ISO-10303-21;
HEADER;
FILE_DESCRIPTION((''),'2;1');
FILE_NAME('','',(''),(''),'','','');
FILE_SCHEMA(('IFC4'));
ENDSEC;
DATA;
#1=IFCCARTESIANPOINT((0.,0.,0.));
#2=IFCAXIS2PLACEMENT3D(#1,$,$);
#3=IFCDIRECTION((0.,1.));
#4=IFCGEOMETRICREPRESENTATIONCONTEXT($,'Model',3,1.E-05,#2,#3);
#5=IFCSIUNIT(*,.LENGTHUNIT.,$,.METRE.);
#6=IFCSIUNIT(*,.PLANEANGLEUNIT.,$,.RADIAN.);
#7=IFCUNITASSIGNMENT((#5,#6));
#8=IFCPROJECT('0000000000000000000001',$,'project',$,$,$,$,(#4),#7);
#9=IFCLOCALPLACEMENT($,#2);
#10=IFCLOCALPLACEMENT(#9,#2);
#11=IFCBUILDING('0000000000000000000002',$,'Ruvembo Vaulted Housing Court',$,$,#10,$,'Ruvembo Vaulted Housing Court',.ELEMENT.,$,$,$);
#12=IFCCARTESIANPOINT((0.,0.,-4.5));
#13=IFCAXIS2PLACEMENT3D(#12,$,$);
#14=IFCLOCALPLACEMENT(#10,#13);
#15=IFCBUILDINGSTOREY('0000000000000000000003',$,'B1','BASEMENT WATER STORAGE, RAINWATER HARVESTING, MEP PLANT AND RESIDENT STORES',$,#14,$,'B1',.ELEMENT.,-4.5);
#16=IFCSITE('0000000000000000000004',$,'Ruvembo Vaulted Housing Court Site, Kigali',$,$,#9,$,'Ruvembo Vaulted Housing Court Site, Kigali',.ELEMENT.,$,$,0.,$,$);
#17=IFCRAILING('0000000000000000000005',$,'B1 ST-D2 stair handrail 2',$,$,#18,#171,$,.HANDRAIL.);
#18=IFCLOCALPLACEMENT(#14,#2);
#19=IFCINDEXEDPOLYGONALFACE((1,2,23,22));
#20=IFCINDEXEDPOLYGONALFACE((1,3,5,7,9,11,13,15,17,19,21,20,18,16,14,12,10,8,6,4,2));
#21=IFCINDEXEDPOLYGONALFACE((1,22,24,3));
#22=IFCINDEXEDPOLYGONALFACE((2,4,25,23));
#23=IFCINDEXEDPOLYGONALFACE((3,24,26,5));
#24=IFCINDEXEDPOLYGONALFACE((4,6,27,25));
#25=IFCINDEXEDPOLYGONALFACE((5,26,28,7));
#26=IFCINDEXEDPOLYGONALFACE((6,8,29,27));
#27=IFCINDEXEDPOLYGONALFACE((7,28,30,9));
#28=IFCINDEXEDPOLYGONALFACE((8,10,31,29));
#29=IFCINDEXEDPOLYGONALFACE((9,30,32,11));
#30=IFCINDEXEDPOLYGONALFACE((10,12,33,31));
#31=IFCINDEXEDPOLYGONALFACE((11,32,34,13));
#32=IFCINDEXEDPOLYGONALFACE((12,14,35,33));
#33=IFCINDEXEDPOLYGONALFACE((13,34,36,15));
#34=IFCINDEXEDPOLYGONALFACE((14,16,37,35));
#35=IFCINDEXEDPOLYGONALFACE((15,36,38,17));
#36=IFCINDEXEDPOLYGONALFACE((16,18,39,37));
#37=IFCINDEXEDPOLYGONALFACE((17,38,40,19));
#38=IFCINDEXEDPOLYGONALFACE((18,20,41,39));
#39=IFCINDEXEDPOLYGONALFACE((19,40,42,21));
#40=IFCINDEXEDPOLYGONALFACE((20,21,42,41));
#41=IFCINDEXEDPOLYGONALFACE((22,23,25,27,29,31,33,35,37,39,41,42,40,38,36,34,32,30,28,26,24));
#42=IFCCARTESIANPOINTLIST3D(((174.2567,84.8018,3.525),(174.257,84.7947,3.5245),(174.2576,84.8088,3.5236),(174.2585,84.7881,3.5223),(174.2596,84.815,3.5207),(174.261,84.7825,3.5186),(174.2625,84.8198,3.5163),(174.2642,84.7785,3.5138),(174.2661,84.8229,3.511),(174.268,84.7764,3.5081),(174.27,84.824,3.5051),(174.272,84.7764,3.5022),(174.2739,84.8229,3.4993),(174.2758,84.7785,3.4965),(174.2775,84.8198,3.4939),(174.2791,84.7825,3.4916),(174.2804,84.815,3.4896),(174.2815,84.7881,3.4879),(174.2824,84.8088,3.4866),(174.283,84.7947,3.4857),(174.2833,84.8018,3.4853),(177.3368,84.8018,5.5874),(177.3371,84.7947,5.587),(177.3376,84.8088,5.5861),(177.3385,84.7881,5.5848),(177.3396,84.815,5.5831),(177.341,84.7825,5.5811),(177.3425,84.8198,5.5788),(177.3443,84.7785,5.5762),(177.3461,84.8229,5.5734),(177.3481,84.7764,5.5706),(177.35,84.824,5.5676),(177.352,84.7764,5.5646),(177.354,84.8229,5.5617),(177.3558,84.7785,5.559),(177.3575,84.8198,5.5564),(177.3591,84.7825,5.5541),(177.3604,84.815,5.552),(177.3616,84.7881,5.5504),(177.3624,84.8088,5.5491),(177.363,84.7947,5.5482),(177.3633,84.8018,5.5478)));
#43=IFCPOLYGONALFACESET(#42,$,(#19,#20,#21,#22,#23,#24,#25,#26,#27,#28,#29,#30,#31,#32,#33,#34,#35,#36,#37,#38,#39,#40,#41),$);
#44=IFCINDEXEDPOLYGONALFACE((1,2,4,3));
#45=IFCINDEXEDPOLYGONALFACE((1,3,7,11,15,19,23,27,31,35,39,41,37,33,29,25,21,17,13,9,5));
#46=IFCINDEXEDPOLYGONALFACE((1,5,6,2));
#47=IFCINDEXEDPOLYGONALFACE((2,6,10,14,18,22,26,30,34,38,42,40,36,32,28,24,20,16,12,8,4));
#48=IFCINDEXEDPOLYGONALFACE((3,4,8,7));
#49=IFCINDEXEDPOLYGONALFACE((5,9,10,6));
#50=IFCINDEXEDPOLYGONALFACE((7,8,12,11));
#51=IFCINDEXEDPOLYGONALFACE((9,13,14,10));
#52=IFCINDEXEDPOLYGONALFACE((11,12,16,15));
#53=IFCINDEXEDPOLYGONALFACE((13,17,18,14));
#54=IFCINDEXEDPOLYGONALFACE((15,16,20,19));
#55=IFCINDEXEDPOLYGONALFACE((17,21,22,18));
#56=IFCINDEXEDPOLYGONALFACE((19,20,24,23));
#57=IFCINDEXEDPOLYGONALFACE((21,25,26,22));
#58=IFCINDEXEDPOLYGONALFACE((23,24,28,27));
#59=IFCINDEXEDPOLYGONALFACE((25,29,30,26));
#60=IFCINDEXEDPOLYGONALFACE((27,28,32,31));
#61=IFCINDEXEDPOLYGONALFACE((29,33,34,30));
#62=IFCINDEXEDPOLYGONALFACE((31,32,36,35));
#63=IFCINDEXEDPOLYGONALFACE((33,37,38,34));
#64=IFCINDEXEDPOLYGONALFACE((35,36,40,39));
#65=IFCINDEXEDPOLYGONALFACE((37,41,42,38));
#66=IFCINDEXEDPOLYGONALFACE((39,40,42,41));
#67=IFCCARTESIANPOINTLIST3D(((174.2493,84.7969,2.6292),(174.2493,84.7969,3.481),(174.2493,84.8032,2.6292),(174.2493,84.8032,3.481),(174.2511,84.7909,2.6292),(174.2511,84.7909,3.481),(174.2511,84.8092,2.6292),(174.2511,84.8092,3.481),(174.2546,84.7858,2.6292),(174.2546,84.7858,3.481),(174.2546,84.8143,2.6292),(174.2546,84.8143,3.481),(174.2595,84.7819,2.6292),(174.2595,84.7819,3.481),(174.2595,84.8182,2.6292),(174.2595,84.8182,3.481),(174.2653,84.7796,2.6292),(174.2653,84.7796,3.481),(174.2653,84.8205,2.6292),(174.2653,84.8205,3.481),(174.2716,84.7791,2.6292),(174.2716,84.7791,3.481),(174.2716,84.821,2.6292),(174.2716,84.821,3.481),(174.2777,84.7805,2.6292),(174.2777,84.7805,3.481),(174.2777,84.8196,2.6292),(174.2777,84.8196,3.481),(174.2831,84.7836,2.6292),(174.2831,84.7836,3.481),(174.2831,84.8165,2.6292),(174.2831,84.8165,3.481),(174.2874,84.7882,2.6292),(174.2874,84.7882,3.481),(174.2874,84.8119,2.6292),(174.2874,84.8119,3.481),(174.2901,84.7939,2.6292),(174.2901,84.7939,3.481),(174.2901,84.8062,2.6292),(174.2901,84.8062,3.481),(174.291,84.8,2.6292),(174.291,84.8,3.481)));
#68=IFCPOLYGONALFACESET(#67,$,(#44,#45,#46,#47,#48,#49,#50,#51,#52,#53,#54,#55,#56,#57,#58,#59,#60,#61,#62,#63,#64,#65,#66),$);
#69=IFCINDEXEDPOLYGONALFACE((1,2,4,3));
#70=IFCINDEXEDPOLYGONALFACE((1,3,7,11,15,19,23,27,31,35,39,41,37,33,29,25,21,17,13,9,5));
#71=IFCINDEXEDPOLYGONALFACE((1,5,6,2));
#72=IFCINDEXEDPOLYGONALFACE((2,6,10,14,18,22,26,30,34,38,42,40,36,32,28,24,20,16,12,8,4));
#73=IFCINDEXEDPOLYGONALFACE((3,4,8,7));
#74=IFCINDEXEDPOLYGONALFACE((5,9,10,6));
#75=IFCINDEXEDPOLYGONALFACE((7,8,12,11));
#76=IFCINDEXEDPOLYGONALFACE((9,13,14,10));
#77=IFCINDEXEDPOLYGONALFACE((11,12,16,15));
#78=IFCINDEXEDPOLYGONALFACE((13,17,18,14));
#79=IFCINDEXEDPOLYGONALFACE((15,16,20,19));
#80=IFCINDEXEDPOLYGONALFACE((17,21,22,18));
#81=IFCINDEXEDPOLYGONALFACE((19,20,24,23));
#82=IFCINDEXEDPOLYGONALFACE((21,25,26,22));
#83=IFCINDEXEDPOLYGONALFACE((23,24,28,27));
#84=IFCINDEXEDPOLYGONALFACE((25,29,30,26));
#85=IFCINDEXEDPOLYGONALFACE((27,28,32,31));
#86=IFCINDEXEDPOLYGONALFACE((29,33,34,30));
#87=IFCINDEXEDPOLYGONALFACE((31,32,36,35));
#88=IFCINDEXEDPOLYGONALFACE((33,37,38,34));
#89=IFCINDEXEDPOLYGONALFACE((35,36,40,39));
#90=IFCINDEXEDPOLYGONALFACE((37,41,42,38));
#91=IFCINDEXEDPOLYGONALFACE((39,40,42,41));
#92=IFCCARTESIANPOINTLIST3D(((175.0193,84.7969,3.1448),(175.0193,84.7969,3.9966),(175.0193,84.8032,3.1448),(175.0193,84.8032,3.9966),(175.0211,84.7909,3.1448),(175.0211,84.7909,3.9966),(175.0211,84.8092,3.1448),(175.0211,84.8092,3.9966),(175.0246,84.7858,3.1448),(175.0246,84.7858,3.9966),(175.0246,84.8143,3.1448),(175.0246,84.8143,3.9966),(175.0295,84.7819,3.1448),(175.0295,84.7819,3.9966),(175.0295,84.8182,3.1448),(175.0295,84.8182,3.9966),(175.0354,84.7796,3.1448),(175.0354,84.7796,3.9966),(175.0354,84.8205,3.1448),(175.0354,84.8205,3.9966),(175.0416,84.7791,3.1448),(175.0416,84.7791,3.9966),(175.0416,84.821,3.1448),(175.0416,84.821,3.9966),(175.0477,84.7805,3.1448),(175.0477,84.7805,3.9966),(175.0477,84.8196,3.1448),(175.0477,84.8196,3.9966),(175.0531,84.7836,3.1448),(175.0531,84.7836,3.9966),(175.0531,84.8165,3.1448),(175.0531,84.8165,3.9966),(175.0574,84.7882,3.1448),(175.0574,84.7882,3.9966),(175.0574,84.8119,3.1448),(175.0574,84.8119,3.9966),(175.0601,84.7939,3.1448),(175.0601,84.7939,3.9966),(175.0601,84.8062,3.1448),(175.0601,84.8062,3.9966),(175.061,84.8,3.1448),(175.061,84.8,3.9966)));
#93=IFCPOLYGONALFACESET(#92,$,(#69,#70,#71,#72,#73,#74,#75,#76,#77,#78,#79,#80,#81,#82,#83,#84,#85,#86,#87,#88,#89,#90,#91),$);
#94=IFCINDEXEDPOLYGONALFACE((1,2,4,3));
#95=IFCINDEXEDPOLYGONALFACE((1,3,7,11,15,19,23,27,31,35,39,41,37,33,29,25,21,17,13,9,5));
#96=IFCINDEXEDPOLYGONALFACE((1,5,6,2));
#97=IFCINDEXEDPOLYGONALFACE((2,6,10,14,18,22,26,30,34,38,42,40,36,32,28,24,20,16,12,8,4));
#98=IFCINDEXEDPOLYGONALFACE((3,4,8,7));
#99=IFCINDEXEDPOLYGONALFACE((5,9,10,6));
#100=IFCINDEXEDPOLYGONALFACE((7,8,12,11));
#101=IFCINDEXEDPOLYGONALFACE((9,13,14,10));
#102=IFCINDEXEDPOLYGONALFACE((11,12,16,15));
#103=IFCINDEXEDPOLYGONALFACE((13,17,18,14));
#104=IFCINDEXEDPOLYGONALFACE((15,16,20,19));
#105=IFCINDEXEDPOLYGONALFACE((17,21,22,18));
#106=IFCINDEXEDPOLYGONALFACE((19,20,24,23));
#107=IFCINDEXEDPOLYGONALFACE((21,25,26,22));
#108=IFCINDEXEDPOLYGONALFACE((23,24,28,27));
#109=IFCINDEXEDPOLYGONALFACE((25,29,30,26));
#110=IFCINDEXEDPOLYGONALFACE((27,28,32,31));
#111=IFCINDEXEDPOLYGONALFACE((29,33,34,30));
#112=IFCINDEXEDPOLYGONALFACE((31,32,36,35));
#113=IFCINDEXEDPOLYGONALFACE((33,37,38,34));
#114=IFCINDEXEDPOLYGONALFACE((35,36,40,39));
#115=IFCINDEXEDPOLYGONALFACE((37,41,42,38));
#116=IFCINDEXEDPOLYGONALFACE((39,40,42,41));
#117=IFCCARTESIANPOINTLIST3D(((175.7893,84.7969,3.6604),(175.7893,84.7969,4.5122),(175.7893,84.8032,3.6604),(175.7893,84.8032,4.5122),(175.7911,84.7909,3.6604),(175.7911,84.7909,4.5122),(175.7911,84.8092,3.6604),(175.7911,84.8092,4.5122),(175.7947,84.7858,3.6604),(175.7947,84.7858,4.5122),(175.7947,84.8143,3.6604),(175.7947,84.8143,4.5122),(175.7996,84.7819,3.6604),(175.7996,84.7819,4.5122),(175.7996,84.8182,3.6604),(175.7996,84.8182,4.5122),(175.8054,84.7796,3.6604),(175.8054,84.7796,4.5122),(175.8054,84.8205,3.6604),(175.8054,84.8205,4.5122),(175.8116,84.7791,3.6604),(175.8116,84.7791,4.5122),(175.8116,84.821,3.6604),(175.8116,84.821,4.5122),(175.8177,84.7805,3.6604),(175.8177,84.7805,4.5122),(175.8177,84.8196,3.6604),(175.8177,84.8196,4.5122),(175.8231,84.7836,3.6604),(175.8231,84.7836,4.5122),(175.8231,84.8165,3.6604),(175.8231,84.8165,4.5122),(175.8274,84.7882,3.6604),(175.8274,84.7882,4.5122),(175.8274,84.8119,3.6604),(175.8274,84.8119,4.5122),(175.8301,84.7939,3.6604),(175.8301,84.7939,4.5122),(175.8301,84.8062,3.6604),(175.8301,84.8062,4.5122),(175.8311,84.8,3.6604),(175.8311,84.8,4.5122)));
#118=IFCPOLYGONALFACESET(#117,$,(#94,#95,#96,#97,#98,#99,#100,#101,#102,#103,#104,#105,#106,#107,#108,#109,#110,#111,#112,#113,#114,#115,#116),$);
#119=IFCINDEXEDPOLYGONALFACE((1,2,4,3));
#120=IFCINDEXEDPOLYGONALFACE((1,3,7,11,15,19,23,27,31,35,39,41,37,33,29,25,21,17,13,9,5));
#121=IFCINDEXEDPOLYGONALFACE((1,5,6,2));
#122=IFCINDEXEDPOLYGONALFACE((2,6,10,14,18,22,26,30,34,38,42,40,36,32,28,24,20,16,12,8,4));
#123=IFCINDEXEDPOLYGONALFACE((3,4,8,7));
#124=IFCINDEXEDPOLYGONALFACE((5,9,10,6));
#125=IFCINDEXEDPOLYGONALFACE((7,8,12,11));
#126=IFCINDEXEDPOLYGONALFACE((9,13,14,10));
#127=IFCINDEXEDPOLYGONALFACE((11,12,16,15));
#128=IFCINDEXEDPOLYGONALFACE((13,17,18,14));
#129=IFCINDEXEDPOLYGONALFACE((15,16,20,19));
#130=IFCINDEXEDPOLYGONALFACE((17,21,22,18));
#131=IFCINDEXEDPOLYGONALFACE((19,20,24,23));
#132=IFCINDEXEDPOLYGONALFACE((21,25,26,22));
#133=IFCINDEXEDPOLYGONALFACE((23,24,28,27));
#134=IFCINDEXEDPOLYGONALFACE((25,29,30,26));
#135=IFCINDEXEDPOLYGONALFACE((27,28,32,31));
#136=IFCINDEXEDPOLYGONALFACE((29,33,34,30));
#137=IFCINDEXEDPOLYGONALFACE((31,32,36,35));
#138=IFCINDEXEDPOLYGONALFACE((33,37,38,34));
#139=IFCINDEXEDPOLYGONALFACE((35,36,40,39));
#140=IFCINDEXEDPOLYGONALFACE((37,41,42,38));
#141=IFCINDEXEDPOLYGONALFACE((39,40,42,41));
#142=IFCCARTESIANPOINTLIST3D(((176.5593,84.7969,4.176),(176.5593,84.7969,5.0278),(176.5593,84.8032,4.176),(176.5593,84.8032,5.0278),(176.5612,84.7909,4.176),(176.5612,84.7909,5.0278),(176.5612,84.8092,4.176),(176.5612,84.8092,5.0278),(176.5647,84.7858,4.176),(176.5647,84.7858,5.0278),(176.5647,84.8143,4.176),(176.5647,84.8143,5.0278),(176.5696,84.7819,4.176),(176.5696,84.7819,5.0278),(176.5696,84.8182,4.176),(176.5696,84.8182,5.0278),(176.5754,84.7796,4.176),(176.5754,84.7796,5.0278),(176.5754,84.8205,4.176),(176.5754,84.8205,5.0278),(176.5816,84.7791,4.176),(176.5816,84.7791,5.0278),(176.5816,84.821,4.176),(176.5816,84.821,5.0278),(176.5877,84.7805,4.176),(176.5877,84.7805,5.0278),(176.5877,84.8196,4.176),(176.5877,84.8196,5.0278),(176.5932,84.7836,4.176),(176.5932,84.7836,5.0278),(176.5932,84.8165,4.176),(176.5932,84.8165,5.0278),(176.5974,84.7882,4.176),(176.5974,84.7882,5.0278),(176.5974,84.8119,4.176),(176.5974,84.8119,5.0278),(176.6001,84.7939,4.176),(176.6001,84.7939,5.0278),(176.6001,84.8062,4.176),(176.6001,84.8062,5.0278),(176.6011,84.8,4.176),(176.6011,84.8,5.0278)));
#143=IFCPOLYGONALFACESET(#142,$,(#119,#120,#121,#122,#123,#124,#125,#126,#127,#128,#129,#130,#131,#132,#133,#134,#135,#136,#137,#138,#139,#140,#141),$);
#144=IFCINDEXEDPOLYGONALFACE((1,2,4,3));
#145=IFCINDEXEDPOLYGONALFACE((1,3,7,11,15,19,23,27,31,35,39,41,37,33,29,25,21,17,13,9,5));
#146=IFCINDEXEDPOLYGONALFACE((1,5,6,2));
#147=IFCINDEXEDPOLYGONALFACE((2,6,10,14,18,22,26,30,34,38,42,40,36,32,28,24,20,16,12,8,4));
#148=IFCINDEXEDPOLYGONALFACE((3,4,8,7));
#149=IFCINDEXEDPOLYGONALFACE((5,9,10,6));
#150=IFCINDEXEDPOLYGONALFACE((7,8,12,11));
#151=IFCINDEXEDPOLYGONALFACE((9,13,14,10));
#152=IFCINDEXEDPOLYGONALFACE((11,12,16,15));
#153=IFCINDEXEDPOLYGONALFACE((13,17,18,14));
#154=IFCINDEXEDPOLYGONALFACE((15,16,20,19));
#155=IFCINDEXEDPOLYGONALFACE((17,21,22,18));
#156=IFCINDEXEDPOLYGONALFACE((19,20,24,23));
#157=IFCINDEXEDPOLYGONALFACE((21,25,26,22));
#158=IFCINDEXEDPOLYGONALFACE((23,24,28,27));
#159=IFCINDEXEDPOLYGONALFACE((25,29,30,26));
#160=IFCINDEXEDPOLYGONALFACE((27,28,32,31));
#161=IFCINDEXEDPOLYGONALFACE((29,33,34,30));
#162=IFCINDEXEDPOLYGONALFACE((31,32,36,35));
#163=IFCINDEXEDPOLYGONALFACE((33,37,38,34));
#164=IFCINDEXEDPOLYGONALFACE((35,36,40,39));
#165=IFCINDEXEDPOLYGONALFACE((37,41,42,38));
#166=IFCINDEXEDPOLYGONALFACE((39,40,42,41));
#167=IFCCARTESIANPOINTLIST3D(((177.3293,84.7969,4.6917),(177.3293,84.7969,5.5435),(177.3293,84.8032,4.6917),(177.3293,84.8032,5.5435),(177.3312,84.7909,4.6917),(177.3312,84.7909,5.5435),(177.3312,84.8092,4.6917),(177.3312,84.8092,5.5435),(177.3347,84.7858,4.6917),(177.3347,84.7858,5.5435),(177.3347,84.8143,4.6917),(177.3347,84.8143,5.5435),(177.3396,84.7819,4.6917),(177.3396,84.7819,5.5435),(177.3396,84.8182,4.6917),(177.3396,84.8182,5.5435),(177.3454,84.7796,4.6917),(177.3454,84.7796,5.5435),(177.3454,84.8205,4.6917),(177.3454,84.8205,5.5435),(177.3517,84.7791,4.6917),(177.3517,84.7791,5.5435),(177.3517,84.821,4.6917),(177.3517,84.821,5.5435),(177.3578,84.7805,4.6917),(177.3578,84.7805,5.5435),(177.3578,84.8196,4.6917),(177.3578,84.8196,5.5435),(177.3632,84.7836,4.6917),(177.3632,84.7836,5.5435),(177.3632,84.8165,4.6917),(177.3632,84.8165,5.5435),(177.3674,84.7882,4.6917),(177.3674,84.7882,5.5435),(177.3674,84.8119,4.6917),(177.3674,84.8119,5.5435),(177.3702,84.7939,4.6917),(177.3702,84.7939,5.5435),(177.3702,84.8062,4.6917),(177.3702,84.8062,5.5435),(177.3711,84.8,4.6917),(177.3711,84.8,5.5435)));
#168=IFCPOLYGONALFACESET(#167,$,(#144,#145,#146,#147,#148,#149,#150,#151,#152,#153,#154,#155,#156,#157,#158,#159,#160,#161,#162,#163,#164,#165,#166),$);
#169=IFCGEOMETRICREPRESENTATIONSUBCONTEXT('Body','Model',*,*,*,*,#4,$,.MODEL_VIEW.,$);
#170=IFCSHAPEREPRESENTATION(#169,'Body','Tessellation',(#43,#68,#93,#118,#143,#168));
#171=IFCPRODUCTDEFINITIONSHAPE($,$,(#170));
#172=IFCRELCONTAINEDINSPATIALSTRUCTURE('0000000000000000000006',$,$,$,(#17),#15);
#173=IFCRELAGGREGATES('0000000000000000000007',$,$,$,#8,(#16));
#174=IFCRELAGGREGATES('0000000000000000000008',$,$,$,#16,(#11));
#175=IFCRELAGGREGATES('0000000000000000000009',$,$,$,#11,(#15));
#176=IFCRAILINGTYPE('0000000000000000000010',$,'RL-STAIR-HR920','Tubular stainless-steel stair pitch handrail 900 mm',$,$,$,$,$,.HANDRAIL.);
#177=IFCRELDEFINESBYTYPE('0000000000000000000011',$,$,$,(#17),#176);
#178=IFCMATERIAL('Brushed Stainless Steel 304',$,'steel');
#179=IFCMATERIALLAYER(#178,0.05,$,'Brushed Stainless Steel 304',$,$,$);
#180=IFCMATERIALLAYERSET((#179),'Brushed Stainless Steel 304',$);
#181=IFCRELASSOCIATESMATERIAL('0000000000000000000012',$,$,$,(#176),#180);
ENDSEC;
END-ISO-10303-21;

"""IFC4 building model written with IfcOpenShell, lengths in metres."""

from ifc_helpers import new_model, si_unit, direction, frame, origin, origin_2d, place, context, subcontext, project, spatial, circle, extrude, material, layer, layer_set, type_object, element, save


model = new_model("IFC4")

# Units and contexts
model_context = context("Model", 3, precision=1e-05, world=origin(), true_north=direction((0.0, 1.0)))
body_context = subcontext(model_context, "Body", "Model", "MODEL_VIEW")
ifc_project = project(units=[si_unit("LENGTHUNIT", "METRE"), si_unit("PLANEANGLEUNIT", "RADIAN")], contexts=[model_context])

# Site, building, storey
site_placement = place(None, origin())
site = spatial("IfcSite", under=ifc_project, at=site_placement, Name="Ruvembo Vaulted Housing Court Site, Kigali", LongName="Ruvembo Vaulted Housing Court Site, Kigali", CompositionType="ELEMENT", RefElevation=0.0)
building_placement = place(site_placement, origin())
building = spatial("IfcBuilding", under=site, at=building_placement, Name="Ruvembo Vaulted Housing Court", LongName="Ruvembo Vaulted Housing Court", CompositionType="ELEMENT")
storey_placement = place(building_placement, frame((0.0, 0.0, -4.5)))
storey = spatial("IfcBuildingStorey", under=building, at=storey_placement, Name="B1", Description="BASEMENT WATER STORAGE, RAINWATER HARVESTING, MEP PLANT AND RESIDENT STORES", LongName="B1", CompositionType="ELEMENT", Elevation=-4.5)

# Railing
ifc_material_1 = material(Name="Brushed Stainless Steel 304", Category="steel")
ifc_layer_1 = layer(ifc_material_1, 0.05, Name="Brushed Stainless Steel 304")
ifc_layer_set_1 = layer_set([ifc_layer_1], Name="Brushed Stainless Steel 304")
railing_type_1 = type_object("IfcRailingType", Name="RL-STAIR-HR920", Description="Tubular stainless-steel stair pitch handrail 900 mm", PredefinedType="HANDRAIL", material=ifc_layer_set_1)
railing_1_placement = place(storey_placement, frame((174.27, 84.8, 2.6292)))
element("IfcRailing", 1, at=railing_1_placement, inside=storey, type_object=railing_type_1, Name="B1 ST-D2 stair handrail 2", PredefinedType="HANDRAIL", context=body_context, shape_type="SweptSolid", body=[
    extrude(circle(Radius=0.0239, at=origin_2d()), frame((0.0, 0.0, 0.876), z_axis=(0.830914, 0.0, 0.556401), x_axis=(0.0, 1.0, 0.0)), (0.0, 0.0, 1.0), 3.7068),
    extrude(circle(Radius=0.021, at=origin_2d()), origin(), (0.0, 0.0, 1.0), 0.8518),
    extrude(circle(Radius=0.021, at=origin_2d()), frame((0.77, 0.0, 0.5156)), (0.0, 0.0, 1.0), 0.8518),
    extrude(circle(Radius=0.021, at=origin_2d()), frame((1.54, 0.0, 1.0312)), (0.0, 0.0, 1.0), 0.8518),
    extrude(circle(Radius=0.021, at=origin_2d()), frame((2.3101, 0.0, 1.5469)), (0.0, 0.0, 1.0), 0.8518),
    extrude(circle(Radius=0.021, at=origin_2d()), frame((3.0801, 0.0, 2.0625)), (0.0, 0.0, 1.0), 0.8518),
])

save(model, "model.ifc")
